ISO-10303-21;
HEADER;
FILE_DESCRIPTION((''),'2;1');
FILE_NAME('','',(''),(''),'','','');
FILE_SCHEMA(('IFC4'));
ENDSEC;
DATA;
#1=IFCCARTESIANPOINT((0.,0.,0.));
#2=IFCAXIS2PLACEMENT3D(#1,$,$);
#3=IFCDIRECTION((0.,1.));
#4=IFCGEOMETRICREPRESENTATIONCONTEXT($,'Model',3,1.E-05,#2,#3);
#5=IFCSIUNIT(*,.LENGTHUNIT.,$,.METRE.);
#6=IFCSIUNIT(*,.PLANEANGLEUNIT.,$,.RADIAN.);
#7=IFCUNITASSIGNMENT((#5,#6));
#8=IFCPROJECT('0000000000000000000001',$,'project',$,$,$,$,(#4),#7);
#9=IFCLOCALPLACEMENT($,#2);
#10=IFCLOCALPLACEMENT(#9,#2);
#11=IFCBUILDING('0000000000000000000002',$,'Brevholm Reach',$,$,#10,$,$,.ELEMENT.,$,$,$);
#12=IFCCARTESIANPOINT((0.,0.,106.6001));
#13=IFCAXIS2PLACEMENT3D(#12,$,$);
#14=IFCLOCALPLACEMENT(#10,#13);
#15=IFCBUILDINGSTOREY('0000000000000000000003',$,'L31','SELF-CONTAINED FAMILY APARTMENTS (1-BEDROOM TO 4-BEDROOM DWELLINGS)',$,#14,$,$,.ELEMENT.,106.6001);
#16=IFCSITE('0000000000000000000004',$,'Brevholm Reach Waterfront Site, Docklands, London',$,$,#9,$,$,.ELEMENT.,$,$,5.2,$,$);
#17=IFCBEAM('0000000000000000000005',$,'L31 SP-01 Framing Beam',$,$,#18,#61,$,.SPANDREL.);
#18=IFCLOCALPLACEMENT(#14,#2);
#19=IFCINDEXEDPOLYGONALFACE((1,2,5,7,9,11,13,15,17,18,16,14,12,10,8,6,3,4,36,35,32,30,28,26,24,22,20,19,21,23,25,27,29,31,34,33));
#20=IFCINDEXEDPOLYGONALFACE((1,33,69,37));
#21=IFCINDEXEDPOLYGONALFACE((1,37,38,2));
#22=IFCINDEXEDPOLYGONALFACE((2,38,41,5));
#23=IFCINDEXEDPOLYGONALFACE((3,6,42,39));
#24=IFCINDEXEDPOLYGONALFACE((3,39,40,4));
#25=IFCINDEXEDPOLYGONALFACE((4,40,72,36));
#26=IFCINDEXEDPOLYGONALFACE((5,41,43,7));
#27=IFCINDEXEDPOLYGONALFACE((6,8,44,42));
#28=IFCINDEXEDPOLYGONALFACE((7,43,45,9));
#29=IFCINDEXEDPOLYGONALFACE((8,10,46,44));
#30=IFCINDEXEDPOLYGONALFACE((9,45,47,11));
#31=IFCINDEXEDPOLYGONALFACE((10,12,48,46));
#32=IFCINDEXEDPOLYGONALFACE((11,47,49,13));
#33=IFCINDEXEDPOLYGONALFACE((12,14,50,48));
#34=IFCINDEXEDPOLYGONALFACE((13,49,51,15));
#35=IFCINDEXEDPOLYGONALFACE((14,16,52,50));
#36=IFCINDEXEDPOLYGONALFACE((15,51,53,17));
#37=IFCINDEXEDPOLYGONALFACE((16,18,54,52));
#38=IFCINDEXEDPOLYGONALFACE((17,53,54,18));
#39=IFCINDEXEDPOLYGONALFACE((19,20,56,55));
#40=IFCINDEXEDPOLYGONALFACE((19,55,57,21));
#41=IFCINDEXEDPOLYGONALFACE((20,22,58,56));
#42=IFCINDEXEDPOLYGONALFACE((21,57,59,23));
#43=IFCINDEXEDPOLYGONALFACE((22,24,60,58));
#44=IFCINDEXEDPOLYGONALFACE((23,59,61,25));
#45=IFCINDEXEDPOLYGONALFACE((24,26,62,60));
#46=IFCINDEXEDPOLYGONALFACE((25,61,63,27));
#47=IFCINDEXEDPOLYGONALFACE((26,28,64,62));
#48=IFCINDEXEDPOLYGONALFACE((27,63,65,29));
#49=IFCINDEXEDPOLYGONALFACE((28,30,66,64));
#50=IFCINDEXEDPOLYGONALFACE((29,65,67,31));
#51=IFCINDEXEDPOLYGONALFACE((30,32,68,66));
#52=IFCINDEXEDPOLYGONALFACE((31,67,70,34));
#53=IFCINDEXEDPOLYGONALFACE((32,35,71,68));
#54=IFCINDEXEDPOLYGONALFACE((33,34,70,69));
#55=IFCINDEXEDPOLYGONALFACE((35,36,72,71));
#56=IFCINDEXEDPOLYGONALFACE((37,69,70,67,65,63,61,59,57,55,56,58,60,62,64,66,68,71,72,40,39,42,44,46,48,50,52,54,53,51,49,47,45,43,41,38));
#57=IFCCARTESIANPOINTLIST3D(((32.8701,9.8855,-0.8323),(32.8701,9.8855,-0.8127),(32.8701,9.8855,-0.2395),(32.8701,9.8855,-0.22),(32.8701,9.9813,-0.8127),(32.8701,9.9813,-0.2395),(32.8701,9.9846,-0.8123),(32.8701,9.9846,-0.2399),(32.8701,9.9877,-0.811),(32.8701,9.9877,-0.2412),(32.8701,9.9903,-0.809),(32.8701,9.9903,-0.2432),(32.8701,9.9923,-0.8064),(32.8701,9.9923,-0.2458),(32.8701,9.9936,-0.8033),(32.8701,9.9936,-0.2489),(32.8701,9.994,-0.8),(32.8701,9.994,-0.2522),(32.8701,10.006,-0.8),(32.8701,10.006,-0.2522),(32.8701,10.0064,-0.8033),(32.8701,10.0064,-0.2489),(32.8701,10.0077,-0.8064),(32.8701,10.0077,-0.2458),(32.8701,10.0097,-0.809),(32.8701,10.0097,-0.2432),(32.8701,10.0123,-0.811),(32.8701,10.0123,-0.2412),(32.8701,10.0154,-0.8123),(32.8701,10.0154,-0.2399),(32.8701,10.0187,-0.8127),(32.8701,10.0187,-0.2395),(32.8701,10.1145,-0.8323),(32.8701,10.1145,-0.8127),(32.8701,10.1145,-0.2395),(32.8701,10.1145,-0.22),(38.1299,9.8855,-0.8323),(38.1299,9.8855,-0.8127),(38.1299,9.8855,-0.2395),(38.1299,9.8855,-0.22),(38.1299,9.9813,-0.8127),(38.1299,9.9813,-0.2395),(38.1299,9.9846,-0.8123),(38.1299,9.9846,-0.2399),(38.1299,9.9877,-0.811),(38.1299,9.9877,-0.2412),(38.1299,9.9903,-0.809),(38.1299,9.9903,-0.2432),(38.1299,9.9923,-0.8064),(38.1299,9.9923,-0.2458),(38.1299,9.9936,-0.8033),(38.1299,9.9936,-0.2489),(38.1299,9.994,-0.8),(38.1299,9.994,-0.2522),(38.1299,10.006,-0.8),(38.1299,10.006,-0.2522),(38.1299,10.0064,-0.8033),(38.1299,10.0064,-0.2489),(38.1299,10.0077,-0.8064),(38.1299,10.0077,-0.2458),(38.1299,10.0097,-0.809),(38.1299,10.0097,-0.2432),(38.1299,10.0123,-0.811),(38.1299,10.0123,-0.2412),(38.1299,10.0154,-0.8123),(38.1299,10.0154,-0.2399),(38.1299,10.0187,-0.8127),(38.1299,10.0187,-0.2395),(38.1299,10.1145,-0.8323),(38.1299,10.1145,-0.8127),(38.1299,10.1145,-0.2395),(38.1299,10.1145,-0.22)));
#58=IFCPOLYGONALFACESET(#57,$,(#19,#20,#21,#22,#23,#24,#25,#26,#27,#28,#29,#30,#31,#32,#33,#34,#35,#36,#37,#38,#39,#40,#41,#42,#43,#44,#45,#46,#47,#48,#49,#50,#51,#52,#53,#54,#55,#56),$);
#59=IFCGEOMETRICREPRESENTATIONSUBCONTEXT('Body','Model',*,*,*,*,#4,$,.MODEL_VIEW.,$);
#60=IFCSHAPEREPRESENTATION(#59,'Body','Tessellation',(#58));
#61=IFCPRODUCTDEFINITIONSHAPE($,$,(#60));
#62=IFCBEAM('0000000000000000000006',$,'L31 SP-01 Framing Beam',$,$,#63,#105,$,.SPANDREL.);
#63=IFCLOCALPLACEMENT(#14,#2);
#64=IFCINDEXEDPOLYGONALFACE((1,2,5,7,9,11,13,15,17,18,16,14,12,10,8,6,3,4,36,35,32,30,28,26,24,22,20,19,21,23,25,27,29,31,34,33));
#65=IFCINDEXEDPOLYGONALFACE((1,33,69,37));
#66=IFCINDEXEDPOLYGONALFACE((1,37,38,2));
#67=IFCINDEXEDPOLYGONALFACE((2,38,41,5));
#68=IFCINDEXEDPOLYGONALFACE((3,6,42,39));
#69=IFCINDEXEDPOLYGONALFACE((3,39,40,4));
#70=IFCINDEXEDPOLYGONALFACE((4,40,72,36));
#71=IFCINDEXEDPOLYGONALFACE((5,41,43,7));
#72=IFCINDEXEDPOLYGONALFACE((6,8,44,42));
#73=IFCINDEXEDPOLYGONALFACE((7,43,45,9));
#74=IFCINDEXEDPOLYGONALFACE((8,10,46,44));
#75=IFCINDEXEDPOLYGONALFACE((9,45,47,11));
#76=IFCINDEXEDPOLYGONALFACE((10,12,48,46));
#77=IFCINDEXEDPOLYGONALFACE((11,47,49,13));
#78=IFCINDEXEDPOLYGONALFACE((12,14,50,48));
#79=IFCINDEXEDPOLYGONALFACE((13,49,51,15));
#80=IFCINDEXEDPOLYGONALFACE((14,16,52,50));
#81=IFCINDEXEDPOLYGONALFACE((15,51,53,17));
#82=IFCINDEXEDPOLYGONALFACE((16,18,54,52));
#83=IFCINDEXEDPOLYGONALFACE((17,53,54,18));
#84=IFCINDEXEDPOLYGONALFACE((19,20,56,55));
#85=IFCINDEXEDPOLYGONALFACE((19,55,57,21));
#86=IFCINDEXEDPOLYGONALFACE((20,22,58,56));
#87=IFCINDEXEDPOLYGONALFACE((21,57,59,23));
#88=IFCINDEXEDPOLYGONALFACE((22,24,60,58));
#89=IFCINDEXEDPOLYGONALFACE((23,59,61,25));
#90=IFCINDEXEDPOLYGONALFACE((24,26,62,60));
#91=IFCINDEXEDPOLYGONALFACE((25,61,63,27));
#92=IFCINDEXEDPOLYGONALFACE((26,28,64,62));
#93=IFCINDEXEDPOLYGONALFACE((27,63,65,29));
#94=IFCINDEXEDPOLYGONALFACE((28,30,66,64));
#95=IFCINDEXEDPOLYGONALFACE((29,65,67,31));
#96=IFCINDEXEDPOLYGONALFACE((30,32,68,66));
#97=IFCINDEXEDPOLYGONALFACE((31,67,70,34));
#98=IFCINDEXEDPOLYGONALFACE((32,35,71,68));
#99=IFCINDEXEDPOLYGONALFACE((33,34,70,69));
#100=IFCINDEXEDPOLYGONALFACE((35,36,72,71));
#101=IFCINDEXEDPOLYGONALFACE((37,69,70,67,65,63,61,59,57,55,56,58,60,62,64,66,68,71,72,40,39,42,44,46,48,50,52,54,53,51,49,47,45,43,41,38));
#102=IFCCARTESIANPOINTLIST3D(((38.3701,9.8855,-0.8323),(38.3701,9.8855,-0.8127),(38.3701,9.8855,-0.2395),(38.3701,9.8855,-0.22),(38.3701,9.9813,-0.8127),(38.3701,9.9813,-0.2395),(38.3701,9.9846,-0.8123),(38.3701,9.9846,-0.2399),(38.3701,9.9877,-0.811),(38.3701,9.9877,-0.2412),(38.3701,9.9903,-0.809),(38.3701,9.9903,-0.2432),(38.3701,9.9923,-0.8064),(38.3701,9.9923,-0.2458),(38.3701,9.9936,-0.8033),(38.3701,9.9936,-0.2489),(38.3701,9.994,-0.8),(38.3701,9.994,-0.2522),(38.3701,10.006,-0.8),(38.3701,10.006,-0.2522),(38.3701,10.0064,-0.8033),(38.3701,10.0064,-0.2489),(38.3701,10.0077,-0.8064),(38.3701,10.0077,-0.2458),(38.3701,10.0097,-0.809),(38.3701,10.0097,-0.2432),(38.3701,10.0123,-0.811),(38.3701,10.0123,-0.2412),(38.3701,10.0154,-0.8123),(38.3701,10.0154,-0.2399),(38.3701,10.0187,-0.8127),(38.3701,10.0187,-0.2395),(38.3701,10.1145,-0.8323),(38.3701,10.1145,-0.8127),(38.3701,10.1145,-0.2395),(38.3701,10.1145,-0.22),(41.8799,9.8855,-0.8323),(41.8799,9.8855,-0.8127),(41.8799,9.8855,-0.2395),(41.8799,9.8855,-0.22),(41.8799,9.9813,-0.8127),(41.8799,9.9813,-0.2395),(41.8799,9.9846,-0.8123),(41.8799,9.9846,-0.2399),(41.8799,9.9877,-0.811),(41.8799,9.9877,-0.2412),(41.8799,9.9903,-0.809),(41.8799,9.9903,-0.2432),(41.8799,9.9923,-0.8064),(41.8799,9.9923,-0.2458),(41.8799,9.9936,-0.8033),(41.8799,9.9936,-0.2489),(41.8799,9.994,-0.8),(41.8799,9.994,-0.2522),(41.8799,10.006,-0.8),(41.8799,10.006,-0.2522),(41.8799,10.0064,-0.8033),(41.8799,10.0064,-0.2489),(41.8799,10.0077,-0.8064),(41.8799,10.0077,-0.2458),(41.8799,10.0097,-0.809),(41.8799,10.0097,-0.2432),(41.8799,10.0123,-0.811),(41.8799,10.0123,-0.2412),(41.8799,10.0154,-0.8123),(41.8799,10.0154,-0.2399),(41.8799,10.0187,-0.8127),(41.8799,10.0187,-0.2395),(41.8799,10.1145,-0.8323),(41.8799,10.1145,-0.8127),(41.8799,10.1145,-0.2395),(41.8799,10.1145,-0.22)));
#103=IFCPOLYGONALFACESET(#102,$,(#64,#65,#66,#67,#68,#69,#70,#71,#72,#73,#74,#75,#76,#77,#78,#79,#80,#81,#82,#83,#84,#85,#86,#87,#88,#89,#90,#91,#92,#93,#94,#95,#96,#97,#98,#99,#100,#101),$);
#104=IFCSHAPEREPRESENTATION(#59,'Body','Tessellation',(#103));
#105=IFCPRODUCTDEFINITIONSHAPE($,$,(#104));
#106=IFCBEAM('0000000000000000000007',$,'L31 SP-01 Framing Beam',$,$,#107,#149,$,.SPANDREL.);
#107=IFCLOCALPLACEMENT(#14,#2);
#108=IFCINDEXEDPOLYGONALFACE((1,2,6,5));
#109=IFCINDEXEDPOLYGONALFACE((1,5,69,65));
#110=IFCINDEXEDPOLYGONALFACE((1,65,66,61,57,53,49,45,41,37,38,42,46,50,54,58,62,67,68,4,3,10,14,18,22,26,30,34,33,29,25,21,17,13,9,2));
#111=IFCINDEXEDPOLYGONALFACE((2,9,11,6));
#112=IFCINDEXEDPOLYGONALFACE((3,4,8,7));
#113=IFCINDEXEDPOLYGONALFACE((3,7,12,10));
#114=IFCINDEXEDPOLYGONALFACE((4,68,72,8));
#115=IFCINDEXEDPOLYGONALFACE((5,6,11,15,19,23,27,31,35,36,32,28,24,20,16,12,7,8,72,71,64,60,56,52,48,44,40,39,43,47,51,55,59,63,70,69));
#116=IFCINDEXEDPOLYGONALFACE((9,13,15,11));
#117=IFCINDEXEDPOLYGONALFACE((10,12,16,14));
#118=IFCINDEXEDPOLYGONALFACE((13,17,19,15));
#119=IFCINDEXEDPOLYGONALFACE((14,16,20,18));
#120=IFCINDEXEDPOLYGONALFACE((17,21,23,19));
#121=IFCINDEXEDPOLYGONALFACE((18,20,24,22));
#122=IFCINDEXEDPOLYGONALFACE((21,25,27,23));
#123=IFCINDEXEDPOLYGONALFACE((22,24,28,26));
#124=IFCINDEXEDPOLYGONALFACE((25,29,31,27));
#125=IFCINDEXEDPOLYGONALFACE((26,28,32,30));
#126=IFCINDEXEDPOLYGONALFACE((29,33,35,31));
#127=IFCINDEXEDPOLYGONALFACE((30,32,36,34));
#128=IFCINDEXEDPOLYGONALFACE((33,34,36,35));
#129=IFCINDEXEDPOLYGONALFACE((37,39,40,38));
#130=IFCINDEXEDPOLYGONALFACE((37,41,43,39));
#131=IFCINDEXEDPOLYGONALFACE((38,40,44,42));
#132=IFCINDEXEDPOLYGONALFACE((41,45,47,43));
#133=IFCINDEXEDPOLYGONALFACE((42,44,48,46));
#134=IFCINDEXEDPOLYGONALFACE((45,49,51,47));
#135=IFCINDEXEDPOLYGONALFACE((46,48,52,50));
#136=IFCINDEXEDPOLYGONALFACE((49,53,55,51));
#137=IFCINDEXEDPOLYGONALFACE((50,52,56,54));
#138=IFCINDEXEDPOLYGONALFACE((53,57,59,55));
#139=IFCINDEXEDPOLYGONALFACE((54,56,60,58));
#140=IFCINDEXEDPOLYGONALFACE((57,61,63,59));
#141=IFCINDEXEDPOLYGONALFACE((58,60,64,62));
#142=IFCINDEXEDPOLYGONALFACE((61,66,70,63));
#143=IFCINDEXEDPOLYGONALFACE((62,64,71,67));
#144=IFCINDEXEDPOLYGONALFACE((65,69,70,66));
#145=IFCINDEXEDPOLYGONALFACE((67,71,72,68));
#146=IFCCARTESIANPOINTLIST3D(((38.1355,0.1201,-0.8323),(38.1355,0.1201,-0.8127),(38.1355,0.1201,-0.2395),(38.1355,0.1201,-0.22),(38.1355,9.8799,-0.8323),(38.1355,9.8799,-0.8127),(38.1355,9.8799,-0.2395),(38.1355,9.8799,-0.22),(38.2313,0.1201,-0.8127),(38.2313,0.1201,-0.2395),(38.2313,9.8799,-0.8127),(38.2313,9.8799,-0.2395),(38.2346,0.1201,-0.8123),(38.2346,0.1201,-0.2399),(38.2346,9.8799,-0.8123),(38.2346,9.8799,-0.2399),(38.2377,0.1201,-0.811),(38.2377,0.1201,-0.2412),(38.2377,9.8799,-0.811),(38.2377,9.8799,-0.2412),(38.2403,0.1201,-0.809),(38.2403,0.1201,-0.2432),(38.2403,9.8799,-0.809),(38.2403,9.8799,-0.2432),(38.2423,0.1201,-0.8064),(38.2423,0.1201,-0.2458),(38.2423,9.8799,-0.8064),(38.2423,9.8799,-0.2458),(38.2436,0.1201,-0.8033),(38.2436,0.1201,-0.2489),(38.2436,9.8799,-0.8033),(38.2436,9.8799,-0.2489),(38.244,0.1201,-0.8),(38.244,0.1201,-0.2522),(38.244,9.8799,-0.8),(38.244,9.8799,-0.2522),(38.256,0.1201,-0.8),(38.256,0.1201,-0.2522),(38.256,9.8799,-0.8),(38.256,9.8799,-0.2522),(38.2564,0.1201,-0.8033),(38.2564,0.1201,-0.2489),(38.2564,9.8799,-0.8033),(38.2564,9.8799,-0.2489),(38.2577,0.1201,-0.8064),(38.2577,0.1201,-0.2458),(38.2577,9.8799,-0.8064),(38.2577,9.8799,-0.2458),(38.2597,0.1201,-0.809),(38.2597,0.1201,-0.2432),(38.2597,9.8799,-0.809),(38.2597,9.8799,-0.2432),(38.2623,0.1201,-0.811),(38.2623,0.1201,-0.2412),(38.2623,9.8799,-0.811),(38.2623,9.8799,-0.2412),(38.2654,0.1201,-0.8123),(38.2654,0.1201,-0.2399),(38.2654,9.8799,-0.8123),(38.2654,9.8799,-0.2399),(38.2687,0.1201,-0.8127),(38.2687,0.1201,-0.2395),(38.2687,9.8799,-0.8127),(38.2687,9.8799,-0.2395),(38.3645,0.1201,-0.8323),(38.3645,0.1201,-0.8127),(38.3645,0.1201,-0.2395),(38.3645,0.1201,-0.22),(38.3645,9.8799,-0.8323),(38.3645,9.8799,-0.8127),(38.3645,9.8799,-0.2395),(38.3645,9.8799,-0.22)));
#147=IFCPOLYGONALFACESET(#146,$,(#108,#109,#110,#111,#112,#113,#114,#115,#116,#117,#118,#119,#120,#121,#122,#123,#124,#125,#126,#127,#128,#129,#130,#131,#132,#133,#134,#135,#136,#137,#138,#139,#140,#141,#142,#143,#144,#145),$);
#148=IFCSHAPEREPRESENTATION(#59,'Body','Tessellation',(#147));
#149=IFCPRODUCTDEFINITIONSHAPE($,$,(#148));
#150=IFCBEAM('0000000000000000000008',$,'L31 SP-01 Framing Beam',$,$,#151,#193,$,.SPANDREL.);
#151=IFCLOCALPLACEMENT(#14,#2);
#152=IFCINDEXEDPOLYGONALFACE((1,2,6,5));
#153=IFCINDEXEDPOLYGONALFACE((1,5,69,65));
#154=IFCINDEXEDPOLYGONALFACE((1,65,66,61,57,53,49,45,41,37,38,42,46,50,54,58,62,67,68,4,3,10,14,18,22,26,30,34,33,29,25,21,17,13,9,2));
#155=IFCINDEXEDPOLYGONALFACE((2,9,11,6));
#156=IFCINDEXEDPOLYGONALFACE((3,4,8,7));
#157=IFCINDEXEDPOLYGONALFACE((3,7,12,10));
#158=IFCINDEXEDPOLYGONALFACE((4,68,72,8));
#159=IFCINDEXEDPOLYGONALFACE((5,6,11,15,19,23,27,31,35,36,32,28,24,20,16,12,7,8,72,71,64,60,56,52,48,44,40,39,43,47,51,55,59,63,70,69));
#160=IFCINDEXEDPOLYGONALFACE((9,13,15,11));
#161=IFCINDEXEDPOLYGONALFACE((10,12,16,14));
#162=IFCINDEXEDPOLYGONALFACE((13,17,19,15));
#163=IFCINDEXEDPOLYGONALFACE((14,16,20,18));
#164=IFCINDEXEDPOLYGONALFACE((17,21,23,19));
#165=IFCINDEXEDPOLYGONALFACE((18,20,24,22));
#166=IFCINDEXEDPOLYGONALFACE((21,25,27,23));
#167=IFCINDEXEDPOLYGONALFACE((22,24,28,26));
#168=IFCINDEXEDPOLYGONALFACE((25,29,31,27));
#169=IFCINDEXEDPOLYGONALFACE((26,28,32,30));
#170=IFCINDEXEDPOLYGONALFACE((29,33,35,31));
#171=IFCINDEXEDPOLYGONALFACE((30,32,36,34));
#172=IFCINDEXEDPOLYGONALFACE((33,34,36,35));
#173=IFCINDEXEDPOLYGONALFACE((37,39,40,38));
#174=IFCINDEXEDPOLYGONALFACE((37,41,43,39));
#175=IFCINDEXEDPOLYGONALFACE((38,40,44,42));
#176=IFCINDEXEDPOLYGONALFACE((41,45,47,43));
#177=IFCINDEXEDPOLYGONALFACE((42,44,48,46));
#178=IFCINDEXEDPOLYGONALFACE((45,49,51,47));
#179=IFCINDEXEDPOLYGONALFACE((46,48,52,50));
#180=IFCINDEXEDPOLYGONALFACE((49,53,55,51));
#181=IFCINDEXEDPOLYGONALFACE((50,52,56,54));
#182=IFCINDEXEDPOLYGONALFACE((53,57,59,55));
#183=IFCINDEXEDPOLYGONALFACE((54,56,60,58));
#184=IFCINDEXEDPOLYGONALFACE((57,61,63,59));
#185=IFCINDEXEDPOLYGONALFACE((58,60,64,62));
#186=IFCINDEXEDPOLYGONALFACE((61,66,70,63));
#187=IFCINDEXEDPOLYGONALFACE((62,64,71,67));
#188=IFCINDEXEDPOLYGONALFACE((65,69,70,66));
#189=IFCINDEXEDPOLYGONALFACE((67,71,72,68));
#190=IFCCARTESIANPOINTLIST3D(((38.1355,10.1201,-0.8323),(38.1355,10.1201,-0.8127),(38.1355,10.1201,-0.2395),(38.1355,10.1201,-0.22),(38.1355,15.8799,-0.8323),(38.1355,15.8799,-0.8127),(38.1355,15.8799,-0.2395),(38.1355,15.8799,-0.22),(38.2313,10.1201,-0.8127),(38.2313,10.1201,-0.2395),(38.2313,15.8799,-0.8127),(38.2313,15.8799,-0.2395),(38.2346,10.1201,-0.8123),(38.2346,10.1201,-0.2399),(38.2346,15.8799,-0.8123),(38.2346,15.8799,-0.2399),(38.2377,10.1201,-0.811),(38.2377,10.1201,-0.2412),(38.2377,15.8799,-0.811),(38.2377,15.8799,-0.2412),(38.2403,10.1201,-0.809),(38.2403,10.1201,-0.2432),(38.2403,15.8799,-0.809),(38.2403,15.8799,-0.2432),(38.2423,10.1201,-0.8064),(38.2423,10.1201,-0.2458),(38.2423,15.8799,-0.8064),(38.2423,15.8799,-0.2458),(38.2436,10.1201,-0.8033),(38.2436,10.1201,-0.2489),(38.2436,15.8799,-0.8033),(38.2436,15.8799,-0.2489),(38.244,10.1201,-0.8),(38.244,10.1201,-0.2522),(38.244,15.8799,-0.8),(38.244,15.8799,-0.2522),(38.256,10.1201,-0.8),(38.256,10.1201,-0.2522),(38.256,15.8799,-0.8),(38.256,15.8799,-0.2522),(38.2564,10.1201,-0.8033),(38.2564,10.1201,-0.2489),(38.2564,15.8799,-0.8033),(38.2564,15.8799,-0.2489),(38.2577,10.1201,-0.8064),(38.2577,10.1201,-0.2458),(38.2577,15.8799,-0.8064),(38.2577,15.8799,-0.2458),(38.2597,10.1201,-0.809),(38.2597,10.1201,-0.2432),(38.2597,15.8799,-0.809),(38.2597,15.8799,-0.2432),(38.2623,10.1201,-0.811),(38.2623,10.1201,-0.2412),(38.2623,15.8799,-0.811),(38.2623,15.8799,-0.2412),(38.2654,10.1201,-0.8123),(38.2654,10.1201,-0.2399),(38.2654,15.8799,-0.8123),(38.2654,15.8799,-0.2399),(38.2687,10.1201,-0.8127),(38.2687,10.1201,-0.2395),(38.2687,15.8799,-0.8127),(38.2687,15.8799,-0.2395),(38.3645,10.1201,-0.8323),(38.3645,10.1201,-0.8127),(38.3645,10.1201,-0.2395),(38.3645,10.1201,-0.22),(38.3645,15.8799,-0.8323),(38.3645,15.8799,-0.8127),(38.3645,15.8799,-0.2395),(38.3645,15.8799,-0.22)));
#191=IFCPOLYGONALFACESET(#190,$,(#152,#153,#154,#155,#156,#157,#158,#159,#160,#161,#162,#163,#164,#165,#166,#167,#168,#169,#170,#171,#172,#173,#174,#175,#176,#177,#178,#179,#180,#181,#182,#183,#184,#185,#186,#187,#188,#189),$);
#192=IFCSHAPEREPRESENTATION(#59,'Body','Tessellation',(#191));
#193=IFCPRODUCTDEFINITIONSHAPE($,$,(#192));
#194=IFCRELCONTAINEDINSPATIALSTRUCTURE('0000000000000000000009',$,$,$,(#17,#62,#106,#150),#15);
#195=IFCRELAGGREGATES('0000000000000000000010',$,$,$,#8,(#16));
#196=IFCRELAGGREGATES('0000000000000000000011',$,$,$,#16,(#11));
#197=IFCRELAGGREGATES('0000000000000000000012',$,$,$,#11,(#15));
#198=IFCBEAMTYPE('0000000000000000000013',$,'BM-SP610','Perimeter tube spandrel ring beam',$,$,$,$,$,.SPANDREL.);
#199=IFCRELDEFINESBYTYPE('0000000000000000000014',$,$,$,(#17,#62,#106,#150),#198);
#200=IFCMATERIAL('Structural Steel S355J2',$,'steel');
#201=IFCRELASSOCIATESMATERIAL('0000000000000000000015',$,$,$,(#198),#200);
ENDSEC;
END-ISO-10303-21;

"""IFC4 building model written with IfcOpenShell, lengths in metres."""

from ifc_helpers import new_model, si_unit, direction, frame, origin, origin_2d, place, context, subcontext, project, spatial, i_section, extrude, material, material_profile, profile_set, type_object, element, save


model = new_model("IFC4")

# Units and contexts
model_context = context("Model", 3, precision=1e-05, world=origin(), true_north=direction((0.0, 1.0)))
body_context = subcontext(model_context, "Body", "Model", "MODEL_VIEW")
ifc_project = project(units=[si_unit("LENGTHUNIT", "METRE"), si_unit("PLANEANGLEUNIT", "RADIAN")], contexts=[model_context])

# Site, building, storey
site_placement = place(None, origin())
site = spatial("IfcSite", under=ifc_project, at=site_placement, Name="Brevholm Reach Waterfront Site, Docklands, London", CompositionType="ELEMENT", RefElevation=5.2)
building_placement = place(site_placement, origin())
building = spatial("IfcBuilding", under=site, at=building_placement, Name="Brevholm Reach", CompositionType="ELEMENT")
storey_placement = place(building_placement, frame((0.0, 0.0, 106.6001)))
storey = spatial("IfcBuildingStorey", under=building, at=storey_placement, Name="L31", Description="SELF-CONTAINED FAMILY APARTMENTS (1-BEDROOM TO 4-BEDROOM DWELLINGS)", CompositionType="ELEMENT", Elevation=106.6001)

# Beams
ifc_material_1 = material(Name="Structural Steel S355J2", Category="steel")
ifc_material_profile_1 = material_profile(ifc_material_1, i_section(OverallWidth=0.229, OverallDepth=0.6123, WebThickness=0.012, FlangeThickness=0.0195, FilletRadius=0.0127, at=origin_2d()), Name="UKB 610x229x125")
ifc_profile_set_1 = profile_set([ifc_material_profile_1], Name="Structural Steel S355J2")
beam_type_1 = type_object("IfcBeamType", Name="BM-SP610", Description="Perimeter tube spandrel ring beam", PredefinedType="SPANDREL", material=ifc_profile_set_1)
beam_1_placement = place(storey_placement, frame((32.8701, 10.0, -0.5261), z_axis=(1.0, 0.0, 0.0), x_axis=(0.0, 1.0, 0.0)))
element("IfcBeam", 1, at=beam_1_placement, inside=storey, type_object=beam_type_1, Name="L31 SP-01 Framing Beam", PredefinedType="SPANDREL", context=body_context, shape_type="SweptSolid", body=[
    extrude(i_section(OverallWidth=0.229, OverallDepth=0.6123, WebThickness=0.012, FlangeThickness=0.0195, FilletRadius=0.0127, at=origin_2d()), origin(), (0.0, 0.0, 1.0), 5.2598),
])
beam_2_placement = place(storey_placement, frame((38.3701, 10.0, -0.5261), z_axis=(1.0, 0.0, 0.0), x_axis=(0.0, 1.0, 0.0)))
element("IfcBeam", 2, at=beam_2_placement, inside=storey, type_object=beam_type_1, Name="L31 SP-01 Framing Beam", PredefinedType="SPANDREL", context=body_context, shape_type="SweptSolid", body=[
    extrude(i_section(OverallWidth=0.229, OverallDepth=0.6123, WebThickness=0.012, FlangeThickness=0.0195, FilletRadius=0.0127, at=origin_2d()), origin(), (0.0, 0.0, 1.0), 3.5098),
])
beam_3_placement = place(storey_placement, frame((38.25, 0.1201, -0.5261), z_axis=(0.0, 1.0, 0.0), x_axis=(-1.0, 0.0, 0.0)))
element("IfcBeam", 3, at=beam_3_placement, inside=storey, type_object=beam_type_1, Name="L31 SP-01 Framing Beam", PredefinedType="SPANDREL", context=body_context, shape_type="SweptSolid", body=[
    extrude(i_section(OverallWidth=0.229, OverallDepth=0.6123, WebThickness=0.012, FlangeThickness=0.0195, FilletRadius=0.0127, at=origin_2d()), origin(), (0.0, 0.0, 1.0), 9.7598),
])
beam_4_placement = place(storey_placement, frame((38.25, 10.1201, -0.5261), z_axis=(0.0, 1.0, 0.0), x_axis=(-1.0, 0.0, 0.0)))
element("IfcBeam", 4, at=beam_4_placement, inside=storey, type_object=beam_type_1, Name="L31 SP-01 Framing Beam", PredefinedType="SPANDREL", context=body_context, shape_type="SweptSolid", body=[
    extrude(i_section(OverallWidth=0.229, OverallDepth=0.6123, WebThickness=0.012, FlangeThickness=0.0195, FilletRadius=0.0127, at=origin_2d()), origin(), (0.0, 0.0, 1.0), 5.7598),
])

save(model, "model.ifc")
